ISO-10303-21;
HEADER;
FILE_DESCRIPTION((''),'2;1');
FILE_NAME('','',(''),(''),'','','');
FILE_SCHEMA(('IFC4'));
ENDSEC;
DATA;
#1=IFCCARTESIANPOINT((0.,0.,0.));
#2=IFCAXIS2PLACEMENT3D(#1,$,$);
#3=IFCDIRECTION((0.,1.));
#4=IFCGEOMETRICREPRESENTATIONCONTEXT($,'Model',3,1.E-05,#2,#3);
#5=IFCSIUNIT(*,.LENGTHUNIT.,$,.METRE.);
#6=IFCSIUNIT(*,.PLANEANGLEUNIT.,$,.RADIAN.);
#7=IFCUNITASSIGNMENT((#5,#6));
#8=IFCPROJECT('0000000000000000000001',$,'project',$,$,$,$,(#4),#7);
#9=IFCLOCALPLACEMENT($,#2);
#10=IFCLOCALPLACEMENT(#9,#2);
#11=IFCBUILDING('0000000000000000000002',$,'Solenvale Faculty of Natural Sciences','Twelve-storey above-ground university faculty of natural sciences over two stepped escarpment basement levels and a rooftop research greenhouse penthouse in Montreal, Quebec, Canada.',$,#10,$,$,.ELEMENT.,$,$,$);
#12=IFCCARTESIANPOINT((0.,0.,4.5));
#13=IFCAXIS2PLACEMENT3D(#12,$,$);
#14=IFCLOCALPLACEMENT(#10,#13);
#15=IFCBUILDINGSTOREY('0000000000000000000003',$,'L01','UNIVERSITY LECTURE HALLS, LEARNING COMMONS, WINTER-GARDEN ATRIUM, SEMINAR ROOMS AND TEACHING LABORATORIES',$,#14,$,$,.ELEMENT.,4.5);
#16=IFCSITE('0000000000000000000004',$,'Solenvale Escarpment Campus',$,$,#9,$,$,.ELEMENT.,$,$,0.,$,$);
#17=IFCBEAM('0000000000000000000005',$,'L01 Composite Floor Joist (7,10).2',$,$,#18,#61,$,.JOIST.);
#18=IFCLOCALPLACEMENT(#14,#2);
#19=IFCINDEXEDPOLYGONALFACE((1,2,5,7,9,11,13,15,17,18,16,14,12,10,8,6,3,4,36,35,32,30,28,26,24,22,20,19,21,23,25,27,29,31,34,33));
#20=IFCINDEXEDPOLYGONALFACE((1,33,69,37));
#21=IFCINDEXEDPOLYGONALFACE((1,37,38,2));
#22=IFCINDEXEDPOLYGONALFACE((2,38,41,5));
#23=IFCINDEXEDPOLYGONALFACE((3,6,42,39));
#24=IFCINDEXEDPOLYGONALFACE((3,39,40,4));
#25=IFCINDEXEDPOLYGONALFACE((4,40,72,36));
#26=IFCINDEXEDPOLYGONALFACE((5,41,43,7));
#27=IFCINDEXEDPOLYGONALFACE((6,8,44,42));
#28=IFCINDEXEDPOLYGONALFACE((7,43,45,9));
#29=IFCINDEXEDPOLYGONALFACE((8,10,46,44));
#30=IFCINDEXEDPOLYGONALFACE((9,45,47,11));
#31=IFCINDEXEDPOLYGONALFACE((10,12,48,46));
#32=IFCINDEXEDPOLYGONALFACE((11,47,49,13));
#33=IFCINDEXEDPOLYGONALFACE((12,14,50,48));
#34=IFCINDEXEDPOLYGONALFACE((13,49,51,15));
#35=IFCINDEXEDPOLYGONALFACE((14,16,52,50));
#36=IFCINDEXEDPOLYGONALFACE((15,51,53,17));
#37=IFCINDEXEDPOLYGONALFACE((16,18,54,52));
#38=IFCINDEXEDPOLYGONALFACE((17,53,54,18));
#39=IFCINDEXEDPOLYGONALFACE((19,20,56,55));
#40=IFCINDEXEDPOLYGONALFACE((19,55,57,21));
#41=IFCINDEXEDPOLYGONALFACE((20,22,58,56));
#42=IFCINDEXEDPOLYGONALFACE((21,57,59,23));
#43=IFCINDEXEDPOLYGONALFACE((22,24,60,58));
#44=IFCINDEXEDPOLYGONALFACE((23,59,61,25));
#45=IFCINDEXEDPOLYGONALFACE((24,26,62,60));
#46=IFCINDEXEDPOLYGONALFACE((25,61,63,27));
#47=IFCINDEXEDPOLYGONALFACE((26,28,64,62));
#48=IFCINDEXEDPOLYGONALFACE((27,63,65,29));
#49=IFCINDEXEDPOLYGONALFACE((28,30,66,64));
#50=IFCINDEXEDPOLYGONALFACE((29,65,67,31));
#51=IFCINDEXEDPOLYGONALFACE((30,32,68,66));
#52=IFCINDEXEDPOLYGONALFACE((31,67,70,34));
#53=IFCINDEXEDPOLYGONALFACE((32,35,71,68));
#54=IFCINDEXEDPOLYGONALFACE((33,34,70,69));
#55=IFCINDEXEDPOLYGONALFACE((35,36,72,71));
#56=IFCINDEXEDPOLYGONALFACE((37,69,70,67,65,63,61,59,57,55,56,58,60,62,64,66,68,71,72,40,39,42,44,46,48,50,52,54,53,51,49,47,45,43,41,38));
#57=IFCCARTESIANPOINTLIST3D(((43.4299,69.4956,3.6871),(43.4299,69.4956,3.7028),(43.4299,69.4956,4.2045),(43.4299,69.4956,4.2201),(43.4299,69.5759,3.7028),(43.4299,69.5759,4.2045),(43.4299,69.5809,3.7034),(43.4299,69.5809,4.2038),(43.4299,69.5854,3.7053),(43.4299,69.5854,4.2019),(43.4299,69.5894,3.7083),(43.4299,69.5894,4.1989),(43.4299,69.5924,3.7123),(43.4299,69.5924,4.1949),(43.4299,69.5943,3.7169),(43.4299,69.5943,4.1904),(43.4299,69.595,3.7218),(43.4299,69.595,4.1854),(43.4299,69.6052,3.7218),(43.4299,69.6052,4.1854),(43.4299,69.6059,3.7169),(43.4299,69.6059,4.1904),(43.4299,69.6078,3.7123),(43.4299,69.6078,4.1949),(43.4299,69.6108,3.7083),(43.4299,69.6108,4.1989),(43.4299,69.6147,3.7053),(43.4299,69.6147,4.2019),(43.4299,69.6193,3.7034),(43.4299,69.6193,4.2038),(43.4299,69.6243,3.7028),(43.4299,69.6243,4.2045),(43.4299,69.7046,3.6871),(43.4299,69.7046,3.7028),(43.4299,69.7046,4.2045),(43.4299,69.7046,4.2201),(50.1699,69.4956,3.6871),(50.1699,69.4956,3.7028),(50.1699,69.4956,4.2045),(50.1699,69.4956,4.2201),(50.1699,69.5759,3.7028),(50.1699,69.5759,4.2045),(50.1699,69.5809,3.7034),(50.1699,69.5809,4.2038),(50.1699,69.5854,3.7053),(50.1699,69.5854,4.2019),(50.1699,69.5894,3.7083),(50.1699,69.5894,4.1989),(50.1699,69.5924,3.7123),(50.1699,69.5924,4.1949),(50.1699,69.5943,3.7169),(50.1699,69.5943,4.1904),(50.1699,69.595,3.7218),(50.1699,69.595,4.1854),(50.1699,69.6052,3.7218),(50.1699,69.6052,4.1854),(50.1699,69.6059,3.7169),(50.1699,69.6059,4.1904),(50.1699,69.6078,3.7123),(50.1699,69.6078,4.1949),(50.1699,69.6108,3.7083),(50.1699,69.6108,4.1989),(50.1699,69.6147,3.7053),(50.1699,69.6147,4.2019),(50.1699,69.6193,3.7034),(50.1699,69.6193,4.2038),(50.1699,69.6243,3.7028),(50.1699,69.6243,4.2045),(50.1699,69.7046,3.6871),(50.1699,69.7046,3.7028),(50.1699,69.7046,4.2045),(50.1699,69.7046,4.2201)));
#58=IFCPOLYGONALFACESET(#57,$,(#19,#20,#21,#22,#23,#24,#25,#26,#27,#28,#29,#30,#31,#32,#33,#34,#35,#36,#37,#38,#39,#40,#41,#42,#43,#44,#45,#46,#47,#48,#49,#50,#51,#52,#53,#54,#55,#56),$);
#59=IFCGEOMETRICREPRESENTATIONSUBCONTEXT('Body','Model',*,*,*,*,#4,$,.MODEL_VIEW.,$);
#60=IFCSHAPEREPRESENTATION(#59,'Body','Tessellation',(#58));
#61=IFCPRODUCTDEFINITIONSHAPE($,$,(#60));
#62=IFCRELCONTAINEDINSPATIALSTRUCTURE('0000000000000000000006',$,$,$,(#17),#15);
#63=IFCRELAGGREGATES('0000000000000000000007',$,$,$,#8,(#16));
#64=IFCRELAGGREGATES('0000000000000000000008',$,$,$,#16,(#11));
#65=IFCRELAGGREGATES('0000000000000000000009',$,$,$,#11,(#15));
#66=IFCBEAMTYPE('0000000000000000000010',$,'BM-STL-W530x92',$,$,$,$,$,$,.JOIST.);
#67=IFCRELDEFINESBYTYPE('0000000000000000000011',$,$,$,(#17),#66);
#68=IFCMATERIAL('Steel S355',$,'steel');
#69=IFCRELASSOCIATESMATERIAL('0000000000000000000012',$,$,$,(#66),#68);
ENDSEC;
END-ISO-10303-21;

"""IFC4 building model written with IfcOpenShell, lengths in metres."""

from ifc_helpers import new_model, si_unit, direction, frame, origin, origin_2d, place, context, subcontext, project, spatial, i_section, extrude, material, material_profile, profile_set, type_object, element, save


model = new_model("IFC4")

# Units and contexts
model_context = context("Model", 3, precision=1e-05, world=origin(), true_north=direction((0.0, 1.0)))
body_context = subcontext(model_context, "Body", "Model", "MODEL_VIEW")
ifc_project = project(units=[si_unit("LENGTHUNIT", "METRE"), si_unit("PLANEANGLEUNIT", "RADIAN")], contexts=[model_context])

# Site, building, storey
site_placement = place(None, origin())
site = spatial("IfcSite", under=ifc_project, at=site_placement, Name="Solenvale Escarpment Campus", CompositionType="ELEMENT", RefElevation=0.0)
building_placement = place(site_placement, origin())
building = spatial("IfcBuilding", under=site, at=building_placement, Name="Solenvale Faculty of Natural Sciences", Description="Twelve-storey above-ground university faculty of natural sciences over two stepped escarpment basement levels and a rooftop research greenhouse penthouse in Montreal, Quebec, Canada.", CompositionType="ELEMENT")
storey_placement = place(building_placement, frame((0.0, 0.0, 4.5)))
storey = spatial("IfcBuildingStorey", under=building, at=storey_placement, Name="L01", Description="UNIVERSITY LECTURE HALLS, LEARNING COMMONS, WINTER-GARDEN ATRIUM, SEMINAR ROOMS AND TEACHING LABORATORIES", CompositionType="ELEMENT", Elevation=4.5)

# Beam
ifc_material_1 = material(Name="Steel S355", Category="steel")
ifc_material_profile_1 = material_profile(ifc_material_1, i_section(OverallWidth=0.209, OverallDepth=0.533, WebThickness=0.0103, FlangeThickness=0.0156, FilletRadius=0.019, at=origin_2d()), Name="W530x92")
ifc_profile_set_1 = profile_set([ifc_material_profile_1], Name="Steel S355")
beam_type_1 = type_object("IfcBeamType", Name="BM-STL-W530x92", PredefinedType="JOIST", material=ifc_profile_set_1)
beam_1_placement = place(storey_placement, frame((43.4299, 69.6001, 3.9536), z_axis=(1.0, 0.0, 0.0), x_axis=(0.0, 1.0, 0.0)))
element("IfcBeam", 1, at=beam_1_placement, inside=storey, type_object=beam_type_1, Name="L01 Composite Floor Joist (7,10).2", PredefinedType="JOIST", context=body_context, shape_type="SweptSolid", body=[
    extrude(i_section(OverallWidth=0.209, OverallDepth=0.533, WebThickness=0.0103, FlangeThickness=0.0156, FilletRadius=0.019, at=origin_2d()), origin(), (0.0, 0.0, 1.0), 6.74),
])

save(model, "model.ifc")
